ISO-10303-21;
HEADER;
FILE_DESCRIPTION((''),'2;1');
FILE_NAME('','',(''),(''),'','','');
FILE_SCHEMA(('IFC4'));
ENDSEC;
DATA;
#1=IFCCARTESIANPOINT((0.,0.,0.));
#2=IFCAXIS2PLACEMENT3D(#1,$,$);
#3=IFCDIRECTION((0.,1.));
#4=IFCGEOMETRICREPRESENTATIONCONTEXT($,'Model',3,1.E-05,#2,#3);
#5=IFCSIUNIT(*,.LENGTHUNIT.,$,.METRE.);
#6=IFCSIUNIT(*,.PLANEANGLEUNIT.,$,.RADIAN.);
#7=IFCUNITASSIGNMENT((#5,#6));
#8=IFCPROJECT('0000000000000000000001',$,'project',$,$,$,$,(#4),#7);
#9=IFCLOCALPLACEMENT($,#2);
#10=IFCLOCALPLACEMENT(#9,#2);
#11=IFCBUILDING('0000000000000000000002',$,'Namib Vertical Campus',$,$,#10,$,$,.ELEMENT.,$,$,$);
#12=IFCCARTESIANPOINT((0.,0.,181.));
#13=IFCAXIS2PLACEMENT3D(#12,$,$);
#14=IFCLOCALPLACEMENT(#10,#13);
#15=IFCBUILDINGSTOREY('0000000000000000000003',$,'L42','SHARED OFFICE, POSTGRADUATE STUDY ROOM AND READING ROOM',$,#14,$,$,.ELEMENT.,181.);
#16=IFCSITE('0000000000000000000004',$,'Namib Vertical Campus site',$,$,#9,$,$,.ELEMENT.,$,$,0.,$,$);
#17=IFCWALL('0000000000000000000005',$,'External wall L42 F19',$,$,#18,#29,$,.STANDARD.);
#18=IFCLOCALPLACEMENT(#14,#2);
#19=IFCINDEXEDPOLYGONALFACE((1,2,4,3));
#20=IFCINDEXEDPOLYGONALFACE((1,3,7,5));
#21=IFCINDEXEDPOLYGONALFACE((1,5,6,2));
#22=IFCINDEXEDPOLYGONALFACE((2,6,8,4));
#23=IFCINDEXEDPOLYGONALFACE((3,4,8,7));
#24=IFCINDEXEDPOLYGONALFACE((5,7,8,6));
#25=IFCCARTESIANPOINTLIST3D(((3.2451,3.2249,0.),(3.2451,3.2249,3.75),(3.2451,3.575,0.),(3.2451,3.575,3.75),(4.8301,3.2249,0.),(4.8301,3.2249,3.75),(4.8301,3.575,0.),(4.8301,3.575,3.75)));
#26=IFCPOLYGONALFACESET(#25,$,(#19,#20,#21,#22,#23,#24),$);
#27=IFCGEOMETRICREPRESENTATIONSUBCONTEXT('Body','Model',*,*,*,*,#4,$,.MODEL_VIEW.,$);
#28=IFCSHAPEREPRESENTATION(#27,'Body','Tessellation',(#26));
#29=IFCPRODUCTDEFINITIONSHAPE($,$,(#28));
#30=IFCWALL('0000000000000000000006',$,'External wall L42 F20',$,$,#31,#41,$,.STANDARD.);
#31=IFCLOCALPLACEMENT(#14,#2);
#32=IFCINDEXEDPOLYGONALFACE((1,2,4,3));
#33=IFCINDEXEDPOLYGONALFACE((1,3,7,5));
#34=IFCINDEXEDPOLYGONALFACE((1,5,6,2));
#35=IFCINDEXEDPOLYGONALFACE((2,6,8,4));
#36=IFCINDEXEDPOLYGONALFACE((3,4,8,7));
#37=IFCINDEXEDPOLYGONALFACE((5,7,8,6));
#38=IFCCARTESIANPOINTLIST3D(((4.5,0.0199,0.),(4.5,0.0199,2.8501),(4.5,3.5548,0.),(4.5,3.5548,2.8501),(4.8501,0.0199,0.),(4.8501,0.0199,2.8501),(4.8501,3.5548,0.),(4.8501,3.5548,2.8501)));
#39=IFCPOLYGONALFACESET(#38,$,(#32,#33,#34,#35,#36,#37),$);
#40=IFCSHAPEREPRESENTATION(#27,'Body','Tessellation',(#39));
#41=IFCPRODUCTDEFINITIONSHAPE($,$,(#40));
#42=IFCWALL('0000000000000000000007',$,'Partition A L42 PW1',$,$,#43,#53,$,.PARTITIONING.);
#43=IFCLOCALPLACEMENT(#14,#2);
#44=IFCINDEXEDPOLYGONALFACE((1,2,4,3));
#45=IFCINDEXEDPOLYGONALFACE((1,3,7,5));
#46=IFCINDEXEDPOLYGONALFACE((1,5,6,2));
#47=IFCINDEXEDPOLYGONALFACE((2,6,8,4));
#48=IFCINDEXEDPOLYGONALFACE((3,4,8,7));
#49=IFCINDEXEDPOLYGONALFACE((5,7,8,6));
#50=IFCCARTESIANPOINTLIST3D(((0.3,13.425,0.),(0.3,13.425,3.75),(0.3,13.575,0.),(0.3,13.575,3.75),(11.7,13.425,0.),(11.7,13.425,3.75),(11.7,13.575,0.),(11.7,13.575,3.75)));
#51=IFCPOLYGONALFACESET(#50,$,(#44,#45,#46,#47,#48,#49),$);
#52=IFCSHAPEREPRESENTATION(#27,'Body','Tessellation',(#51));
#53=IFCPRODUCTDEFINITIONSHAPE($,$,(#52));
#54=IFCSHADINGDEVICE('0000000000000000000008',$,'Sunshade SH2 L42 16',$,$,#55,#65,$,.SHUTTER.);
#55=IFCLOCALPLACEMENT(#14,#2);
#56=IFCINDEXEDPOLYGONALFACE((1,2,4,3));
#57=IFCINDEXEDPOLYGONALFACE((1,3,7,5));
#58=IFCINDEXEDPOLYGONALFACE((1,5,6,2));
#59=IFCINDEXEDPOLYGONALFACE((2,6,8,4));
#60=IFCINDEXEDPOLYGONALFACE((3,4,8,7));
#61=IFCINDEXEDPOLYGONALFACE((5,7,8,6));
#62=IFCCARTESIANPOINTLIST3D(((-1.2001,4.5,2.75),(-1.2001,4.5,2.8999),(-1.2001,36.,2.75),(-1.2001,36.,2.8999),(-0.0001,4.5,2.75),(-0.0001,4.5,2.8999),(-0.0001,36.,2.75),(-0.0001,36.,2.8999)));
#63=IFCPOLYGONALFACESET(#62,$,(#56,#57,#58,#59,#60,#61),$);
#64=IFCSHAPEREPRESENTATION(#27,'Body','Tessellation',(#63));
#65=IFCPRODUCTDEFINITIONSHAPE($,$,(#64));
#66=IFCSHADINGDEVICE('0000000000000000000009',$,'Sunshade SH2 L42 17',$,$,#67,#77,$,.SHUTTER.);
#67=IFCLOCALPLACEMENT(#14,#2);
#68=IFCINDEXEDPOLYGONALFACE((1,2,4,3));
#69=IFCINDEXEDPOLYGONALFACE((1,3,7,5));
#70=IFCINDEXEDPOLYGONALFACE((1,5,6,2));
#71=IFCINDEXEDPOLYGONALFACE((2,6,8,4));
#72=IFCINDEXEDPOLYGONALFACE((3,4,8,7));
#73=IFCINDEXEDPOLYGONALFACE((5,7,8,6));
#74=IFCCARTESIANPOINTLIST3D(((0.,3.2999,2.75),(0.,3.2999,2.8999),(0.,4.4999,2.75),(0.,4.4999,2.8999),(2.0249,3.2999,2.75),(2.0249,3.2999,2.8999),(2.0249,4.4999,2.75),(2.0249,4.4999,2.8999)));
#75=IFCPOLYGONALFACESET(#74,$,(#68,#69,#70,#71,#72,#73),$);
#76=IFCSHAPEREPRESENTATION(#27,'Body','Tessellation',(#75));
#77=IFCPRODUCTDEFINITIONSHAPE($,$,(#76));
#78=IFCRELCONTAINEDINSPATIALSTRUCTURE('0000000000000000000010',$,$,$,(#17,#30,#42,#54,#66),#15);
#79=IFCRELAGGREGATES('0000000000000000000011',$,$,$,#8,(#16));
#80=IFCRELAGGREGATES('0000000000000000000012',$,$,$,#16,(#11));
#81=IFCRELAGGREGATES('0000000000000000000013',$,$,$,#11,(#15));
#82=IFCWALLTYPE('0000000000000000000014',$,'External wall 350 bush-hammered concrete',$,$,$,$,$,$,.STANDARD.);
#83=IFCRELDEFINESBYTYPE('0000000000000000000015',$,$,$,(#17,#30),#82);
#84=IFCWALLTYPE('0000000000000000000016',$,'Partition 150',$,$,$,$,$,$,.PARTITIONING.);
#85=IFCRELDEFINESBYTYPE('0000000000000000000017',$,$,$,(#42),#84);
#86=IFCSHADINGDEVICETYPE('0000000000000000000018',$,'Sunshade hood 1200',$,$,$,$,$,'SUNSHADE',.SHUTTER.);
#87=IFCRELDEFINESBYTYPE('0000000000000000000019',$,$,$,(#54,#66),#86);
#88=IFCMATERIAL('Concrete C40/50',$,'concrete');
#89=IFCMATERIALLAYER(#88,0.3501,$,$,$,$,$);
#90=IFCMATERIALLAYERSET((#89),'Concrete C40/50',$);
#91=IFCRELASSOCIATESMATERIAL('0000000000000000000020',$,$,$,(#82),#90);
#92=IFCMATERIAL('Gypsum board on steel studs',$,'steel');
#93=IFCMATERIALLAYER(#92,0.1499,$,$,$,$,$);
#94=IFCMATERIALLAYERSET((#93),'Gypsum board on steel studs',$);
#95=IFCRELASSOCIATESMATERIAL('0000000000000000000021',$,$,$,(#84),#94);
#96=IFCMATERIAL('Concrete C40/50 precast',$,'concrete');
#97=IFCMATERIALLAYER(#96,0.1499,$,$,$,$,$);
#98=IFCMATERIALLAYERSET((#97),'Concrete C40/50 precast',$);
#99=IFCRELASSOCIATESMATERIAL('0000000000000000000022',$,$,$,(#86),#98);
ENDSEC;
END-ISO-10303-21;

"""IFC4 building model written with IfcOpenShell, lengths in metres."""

from ifc_helpers import new_model, si_unit, direction, frame, frame_2d, origin, origin_2d, place, context, subcontext, project, spatial, rectangle, extrude, material, layer, layer_set, type_object, element, save


model = new_model("IFC4")

# Units and contexts
model_context = context("Model", 3, precision=1e-05, world=origin(), true_north=direction((0.0, 1.0)))
body_context = subcontext(model_context, "Body", "Model", "MODEL_VIEW")
ifc_project = project(units=[si_unit("LENGTHUNIT", "METRE"), si_unit("PLANEANGLEUNIT", "RADIAN")], contexts=[model_context])

# Site, building, storey
site_placement = place(None, origin())
site = spatial("IfcSite", under=ifc_project, at=site_placement, Name="Namib Vertical Campus site", CompositionType="ELEMENT", RefElevation=0.0)
building_placement = place(site_placement, origin())
building = spatial("IfcBuilding", under=site, at=building_placement, Name="Namib Vertical Campus", CompositionType="ELEMENT")
storey_placement = place(building_placement, frame((0.0, 0.0, 181.0)))
storey = spatial("IfcBuildingStorey", under=building, at=storey_placement, Name="L42", Description="SHARED OFFICE, POSTGRADUATE STUDY ROOM AND READING ROOM", CompositionType="ELEMENT", Elevation=181.0)

# Walls
ifc_material_1 = material(Name="Concrete C40/50", Category="concrete")
ifc_layer_1 = layer(ifc_material_1, 0.3501)
ifc_layer_set_1 = layer_set([ifc_layer_1], Name="Concrete C40/50")
wall_type_1 = type_object("IfcWallType", Name="External wall 350 bush-hammered concrete", PredefinedType="STANDARD", material=ifc_layer_set_1)
for number, where, z_axis, x_axis, name in (
    (1, (3.2451, 3.3999, 0.0), (0.0, 0.0, 1.0), (1.0, 0.0, 0.0), "External wall L42 F19"),
):
    element("IfcWall", number, at=place(storey_placement, frame(where, z_axis=z_axis, x_axis=x_axis)), inside=storey, type_object=wall_type_1, Name=name, PredefinedType="STANDARD", context=body_context, shape_type="SweptSolid", body=[
        extrude(rectangle(XDim=1.585, YDim=0.3501, at=frame_2d((0.7925, 0.0))), origin(), (0.0, 0.0, 1.0), 3.75),
    ])
wall_1_placement = place(storey_placement, frame((4.675, 3.5549, 0.0), z_axis=(0.0, 0.0, 1.0), x_axis=(0.0, -1.0, 0.0)))
element("IfcWall", 2, at=wall_1_placement, inside=storey, type_object=wall_type_1, Name="External wall L42 F20", PredefinedType="STANDARD", context=body_context, shape_type="SweptSolid", body=[
    extrude(rectangle(XDim=3.5349, YDim=0.3501, at=frame_2d((1.7676, 0.0))), origin(), (0.0, 0.0, 1.0), 2.8501),
])
ifc_material_2 = material(Name="Gypsum board on steel studs", Category="steel")
ifc_layer_2 = layer(ifc_material_2, 0.1499)
ifc_layer_set_2 = layer_set([ifc_layer_2], Name="Gypsum board on steel studs")
wall_type_2 = type_object("IfcWallType", Name="Partition 150", PredefinedType="PARTITIONING", material=ifc_layer_set_2)
wall_2_placement = place(storey_placement, frame((0.3, 13.5, 0.0), z_axis=(0.0, 0.0, 1.0), x_axis=(1.0, 0.0, 0.0)))
element("IfcWall", 3, at=wall_2_placement, inside=storey, type_object=wall_type_2, Name="Partition A L42 PW1", PredefinedType="PARTITIONING", context=body_context, shape_type="SweptSolid", body=[
    extrude(rectangle(XDim=11.3999, YDim=0.1499, at=frame_2d((5.7, 0.0))), origin(), (0.0, 0.0, 1.0), 3.75),
])

# Shading devices
ifc_material_3 = material(Name="Concrete C40/50 precast", Category="concrete")
ifc_layer_3 = layer(ifc_material_3, 0.1499)
ifc_layer_set_3 = layer_set([ifc_layer_3], Name="Concrete C40/50 precast")
shading_device_type = type_object("IfcShadingDeviceType", Name="Sunshade hood 1200", ElementType="SUNSHADE", PredefinedType="SHUTTER", material=ifc_layer_set_3)
shading_device_1_placement = place(storey_placement, frame((-0.6001, 20.25, 2.75), z_axis=(0.0, 0.0, 1.0), x_axis=(0.0, -1.0, 0.0)))
element("IfcShadingDevice", 4, at=shading_device_1_placement, inside=storey, type_object=shading_device_type, Name="Sunshade SH2 L42 16", PredefinedType="SHUTTER", context=body_context, shape_type="SweptSolid", body=[
    extrude(rectangle(XDim=31.5, YDim=1.2, at=origin_2d()), origin(), (0.0, 0.0, 1.0), 0.1499),
])
shading_device_2_placement = place(storey_placement, frame((1.0125, 3.8999, 2.75), z_axis=(0.0, 0.0, 1.0), x_axis=(1.0, 0.0, 0.0)))
element("IfcShadingDevice", 5, at=shading_device_2_placement, inside=storey, type_object=shading_device_type, Name="Sunshade SH2 L42 17", PredefinedType="SHUTTER", context=body_context, shape_type="SweptSolid", body=[
    extrude(rectangle(XDim=2.0249, YDim=1.2, at=origin_2d()), origin(), (0.0, 0.0, 1.0), 0.1499),
])

save(model, "model.ifc")
